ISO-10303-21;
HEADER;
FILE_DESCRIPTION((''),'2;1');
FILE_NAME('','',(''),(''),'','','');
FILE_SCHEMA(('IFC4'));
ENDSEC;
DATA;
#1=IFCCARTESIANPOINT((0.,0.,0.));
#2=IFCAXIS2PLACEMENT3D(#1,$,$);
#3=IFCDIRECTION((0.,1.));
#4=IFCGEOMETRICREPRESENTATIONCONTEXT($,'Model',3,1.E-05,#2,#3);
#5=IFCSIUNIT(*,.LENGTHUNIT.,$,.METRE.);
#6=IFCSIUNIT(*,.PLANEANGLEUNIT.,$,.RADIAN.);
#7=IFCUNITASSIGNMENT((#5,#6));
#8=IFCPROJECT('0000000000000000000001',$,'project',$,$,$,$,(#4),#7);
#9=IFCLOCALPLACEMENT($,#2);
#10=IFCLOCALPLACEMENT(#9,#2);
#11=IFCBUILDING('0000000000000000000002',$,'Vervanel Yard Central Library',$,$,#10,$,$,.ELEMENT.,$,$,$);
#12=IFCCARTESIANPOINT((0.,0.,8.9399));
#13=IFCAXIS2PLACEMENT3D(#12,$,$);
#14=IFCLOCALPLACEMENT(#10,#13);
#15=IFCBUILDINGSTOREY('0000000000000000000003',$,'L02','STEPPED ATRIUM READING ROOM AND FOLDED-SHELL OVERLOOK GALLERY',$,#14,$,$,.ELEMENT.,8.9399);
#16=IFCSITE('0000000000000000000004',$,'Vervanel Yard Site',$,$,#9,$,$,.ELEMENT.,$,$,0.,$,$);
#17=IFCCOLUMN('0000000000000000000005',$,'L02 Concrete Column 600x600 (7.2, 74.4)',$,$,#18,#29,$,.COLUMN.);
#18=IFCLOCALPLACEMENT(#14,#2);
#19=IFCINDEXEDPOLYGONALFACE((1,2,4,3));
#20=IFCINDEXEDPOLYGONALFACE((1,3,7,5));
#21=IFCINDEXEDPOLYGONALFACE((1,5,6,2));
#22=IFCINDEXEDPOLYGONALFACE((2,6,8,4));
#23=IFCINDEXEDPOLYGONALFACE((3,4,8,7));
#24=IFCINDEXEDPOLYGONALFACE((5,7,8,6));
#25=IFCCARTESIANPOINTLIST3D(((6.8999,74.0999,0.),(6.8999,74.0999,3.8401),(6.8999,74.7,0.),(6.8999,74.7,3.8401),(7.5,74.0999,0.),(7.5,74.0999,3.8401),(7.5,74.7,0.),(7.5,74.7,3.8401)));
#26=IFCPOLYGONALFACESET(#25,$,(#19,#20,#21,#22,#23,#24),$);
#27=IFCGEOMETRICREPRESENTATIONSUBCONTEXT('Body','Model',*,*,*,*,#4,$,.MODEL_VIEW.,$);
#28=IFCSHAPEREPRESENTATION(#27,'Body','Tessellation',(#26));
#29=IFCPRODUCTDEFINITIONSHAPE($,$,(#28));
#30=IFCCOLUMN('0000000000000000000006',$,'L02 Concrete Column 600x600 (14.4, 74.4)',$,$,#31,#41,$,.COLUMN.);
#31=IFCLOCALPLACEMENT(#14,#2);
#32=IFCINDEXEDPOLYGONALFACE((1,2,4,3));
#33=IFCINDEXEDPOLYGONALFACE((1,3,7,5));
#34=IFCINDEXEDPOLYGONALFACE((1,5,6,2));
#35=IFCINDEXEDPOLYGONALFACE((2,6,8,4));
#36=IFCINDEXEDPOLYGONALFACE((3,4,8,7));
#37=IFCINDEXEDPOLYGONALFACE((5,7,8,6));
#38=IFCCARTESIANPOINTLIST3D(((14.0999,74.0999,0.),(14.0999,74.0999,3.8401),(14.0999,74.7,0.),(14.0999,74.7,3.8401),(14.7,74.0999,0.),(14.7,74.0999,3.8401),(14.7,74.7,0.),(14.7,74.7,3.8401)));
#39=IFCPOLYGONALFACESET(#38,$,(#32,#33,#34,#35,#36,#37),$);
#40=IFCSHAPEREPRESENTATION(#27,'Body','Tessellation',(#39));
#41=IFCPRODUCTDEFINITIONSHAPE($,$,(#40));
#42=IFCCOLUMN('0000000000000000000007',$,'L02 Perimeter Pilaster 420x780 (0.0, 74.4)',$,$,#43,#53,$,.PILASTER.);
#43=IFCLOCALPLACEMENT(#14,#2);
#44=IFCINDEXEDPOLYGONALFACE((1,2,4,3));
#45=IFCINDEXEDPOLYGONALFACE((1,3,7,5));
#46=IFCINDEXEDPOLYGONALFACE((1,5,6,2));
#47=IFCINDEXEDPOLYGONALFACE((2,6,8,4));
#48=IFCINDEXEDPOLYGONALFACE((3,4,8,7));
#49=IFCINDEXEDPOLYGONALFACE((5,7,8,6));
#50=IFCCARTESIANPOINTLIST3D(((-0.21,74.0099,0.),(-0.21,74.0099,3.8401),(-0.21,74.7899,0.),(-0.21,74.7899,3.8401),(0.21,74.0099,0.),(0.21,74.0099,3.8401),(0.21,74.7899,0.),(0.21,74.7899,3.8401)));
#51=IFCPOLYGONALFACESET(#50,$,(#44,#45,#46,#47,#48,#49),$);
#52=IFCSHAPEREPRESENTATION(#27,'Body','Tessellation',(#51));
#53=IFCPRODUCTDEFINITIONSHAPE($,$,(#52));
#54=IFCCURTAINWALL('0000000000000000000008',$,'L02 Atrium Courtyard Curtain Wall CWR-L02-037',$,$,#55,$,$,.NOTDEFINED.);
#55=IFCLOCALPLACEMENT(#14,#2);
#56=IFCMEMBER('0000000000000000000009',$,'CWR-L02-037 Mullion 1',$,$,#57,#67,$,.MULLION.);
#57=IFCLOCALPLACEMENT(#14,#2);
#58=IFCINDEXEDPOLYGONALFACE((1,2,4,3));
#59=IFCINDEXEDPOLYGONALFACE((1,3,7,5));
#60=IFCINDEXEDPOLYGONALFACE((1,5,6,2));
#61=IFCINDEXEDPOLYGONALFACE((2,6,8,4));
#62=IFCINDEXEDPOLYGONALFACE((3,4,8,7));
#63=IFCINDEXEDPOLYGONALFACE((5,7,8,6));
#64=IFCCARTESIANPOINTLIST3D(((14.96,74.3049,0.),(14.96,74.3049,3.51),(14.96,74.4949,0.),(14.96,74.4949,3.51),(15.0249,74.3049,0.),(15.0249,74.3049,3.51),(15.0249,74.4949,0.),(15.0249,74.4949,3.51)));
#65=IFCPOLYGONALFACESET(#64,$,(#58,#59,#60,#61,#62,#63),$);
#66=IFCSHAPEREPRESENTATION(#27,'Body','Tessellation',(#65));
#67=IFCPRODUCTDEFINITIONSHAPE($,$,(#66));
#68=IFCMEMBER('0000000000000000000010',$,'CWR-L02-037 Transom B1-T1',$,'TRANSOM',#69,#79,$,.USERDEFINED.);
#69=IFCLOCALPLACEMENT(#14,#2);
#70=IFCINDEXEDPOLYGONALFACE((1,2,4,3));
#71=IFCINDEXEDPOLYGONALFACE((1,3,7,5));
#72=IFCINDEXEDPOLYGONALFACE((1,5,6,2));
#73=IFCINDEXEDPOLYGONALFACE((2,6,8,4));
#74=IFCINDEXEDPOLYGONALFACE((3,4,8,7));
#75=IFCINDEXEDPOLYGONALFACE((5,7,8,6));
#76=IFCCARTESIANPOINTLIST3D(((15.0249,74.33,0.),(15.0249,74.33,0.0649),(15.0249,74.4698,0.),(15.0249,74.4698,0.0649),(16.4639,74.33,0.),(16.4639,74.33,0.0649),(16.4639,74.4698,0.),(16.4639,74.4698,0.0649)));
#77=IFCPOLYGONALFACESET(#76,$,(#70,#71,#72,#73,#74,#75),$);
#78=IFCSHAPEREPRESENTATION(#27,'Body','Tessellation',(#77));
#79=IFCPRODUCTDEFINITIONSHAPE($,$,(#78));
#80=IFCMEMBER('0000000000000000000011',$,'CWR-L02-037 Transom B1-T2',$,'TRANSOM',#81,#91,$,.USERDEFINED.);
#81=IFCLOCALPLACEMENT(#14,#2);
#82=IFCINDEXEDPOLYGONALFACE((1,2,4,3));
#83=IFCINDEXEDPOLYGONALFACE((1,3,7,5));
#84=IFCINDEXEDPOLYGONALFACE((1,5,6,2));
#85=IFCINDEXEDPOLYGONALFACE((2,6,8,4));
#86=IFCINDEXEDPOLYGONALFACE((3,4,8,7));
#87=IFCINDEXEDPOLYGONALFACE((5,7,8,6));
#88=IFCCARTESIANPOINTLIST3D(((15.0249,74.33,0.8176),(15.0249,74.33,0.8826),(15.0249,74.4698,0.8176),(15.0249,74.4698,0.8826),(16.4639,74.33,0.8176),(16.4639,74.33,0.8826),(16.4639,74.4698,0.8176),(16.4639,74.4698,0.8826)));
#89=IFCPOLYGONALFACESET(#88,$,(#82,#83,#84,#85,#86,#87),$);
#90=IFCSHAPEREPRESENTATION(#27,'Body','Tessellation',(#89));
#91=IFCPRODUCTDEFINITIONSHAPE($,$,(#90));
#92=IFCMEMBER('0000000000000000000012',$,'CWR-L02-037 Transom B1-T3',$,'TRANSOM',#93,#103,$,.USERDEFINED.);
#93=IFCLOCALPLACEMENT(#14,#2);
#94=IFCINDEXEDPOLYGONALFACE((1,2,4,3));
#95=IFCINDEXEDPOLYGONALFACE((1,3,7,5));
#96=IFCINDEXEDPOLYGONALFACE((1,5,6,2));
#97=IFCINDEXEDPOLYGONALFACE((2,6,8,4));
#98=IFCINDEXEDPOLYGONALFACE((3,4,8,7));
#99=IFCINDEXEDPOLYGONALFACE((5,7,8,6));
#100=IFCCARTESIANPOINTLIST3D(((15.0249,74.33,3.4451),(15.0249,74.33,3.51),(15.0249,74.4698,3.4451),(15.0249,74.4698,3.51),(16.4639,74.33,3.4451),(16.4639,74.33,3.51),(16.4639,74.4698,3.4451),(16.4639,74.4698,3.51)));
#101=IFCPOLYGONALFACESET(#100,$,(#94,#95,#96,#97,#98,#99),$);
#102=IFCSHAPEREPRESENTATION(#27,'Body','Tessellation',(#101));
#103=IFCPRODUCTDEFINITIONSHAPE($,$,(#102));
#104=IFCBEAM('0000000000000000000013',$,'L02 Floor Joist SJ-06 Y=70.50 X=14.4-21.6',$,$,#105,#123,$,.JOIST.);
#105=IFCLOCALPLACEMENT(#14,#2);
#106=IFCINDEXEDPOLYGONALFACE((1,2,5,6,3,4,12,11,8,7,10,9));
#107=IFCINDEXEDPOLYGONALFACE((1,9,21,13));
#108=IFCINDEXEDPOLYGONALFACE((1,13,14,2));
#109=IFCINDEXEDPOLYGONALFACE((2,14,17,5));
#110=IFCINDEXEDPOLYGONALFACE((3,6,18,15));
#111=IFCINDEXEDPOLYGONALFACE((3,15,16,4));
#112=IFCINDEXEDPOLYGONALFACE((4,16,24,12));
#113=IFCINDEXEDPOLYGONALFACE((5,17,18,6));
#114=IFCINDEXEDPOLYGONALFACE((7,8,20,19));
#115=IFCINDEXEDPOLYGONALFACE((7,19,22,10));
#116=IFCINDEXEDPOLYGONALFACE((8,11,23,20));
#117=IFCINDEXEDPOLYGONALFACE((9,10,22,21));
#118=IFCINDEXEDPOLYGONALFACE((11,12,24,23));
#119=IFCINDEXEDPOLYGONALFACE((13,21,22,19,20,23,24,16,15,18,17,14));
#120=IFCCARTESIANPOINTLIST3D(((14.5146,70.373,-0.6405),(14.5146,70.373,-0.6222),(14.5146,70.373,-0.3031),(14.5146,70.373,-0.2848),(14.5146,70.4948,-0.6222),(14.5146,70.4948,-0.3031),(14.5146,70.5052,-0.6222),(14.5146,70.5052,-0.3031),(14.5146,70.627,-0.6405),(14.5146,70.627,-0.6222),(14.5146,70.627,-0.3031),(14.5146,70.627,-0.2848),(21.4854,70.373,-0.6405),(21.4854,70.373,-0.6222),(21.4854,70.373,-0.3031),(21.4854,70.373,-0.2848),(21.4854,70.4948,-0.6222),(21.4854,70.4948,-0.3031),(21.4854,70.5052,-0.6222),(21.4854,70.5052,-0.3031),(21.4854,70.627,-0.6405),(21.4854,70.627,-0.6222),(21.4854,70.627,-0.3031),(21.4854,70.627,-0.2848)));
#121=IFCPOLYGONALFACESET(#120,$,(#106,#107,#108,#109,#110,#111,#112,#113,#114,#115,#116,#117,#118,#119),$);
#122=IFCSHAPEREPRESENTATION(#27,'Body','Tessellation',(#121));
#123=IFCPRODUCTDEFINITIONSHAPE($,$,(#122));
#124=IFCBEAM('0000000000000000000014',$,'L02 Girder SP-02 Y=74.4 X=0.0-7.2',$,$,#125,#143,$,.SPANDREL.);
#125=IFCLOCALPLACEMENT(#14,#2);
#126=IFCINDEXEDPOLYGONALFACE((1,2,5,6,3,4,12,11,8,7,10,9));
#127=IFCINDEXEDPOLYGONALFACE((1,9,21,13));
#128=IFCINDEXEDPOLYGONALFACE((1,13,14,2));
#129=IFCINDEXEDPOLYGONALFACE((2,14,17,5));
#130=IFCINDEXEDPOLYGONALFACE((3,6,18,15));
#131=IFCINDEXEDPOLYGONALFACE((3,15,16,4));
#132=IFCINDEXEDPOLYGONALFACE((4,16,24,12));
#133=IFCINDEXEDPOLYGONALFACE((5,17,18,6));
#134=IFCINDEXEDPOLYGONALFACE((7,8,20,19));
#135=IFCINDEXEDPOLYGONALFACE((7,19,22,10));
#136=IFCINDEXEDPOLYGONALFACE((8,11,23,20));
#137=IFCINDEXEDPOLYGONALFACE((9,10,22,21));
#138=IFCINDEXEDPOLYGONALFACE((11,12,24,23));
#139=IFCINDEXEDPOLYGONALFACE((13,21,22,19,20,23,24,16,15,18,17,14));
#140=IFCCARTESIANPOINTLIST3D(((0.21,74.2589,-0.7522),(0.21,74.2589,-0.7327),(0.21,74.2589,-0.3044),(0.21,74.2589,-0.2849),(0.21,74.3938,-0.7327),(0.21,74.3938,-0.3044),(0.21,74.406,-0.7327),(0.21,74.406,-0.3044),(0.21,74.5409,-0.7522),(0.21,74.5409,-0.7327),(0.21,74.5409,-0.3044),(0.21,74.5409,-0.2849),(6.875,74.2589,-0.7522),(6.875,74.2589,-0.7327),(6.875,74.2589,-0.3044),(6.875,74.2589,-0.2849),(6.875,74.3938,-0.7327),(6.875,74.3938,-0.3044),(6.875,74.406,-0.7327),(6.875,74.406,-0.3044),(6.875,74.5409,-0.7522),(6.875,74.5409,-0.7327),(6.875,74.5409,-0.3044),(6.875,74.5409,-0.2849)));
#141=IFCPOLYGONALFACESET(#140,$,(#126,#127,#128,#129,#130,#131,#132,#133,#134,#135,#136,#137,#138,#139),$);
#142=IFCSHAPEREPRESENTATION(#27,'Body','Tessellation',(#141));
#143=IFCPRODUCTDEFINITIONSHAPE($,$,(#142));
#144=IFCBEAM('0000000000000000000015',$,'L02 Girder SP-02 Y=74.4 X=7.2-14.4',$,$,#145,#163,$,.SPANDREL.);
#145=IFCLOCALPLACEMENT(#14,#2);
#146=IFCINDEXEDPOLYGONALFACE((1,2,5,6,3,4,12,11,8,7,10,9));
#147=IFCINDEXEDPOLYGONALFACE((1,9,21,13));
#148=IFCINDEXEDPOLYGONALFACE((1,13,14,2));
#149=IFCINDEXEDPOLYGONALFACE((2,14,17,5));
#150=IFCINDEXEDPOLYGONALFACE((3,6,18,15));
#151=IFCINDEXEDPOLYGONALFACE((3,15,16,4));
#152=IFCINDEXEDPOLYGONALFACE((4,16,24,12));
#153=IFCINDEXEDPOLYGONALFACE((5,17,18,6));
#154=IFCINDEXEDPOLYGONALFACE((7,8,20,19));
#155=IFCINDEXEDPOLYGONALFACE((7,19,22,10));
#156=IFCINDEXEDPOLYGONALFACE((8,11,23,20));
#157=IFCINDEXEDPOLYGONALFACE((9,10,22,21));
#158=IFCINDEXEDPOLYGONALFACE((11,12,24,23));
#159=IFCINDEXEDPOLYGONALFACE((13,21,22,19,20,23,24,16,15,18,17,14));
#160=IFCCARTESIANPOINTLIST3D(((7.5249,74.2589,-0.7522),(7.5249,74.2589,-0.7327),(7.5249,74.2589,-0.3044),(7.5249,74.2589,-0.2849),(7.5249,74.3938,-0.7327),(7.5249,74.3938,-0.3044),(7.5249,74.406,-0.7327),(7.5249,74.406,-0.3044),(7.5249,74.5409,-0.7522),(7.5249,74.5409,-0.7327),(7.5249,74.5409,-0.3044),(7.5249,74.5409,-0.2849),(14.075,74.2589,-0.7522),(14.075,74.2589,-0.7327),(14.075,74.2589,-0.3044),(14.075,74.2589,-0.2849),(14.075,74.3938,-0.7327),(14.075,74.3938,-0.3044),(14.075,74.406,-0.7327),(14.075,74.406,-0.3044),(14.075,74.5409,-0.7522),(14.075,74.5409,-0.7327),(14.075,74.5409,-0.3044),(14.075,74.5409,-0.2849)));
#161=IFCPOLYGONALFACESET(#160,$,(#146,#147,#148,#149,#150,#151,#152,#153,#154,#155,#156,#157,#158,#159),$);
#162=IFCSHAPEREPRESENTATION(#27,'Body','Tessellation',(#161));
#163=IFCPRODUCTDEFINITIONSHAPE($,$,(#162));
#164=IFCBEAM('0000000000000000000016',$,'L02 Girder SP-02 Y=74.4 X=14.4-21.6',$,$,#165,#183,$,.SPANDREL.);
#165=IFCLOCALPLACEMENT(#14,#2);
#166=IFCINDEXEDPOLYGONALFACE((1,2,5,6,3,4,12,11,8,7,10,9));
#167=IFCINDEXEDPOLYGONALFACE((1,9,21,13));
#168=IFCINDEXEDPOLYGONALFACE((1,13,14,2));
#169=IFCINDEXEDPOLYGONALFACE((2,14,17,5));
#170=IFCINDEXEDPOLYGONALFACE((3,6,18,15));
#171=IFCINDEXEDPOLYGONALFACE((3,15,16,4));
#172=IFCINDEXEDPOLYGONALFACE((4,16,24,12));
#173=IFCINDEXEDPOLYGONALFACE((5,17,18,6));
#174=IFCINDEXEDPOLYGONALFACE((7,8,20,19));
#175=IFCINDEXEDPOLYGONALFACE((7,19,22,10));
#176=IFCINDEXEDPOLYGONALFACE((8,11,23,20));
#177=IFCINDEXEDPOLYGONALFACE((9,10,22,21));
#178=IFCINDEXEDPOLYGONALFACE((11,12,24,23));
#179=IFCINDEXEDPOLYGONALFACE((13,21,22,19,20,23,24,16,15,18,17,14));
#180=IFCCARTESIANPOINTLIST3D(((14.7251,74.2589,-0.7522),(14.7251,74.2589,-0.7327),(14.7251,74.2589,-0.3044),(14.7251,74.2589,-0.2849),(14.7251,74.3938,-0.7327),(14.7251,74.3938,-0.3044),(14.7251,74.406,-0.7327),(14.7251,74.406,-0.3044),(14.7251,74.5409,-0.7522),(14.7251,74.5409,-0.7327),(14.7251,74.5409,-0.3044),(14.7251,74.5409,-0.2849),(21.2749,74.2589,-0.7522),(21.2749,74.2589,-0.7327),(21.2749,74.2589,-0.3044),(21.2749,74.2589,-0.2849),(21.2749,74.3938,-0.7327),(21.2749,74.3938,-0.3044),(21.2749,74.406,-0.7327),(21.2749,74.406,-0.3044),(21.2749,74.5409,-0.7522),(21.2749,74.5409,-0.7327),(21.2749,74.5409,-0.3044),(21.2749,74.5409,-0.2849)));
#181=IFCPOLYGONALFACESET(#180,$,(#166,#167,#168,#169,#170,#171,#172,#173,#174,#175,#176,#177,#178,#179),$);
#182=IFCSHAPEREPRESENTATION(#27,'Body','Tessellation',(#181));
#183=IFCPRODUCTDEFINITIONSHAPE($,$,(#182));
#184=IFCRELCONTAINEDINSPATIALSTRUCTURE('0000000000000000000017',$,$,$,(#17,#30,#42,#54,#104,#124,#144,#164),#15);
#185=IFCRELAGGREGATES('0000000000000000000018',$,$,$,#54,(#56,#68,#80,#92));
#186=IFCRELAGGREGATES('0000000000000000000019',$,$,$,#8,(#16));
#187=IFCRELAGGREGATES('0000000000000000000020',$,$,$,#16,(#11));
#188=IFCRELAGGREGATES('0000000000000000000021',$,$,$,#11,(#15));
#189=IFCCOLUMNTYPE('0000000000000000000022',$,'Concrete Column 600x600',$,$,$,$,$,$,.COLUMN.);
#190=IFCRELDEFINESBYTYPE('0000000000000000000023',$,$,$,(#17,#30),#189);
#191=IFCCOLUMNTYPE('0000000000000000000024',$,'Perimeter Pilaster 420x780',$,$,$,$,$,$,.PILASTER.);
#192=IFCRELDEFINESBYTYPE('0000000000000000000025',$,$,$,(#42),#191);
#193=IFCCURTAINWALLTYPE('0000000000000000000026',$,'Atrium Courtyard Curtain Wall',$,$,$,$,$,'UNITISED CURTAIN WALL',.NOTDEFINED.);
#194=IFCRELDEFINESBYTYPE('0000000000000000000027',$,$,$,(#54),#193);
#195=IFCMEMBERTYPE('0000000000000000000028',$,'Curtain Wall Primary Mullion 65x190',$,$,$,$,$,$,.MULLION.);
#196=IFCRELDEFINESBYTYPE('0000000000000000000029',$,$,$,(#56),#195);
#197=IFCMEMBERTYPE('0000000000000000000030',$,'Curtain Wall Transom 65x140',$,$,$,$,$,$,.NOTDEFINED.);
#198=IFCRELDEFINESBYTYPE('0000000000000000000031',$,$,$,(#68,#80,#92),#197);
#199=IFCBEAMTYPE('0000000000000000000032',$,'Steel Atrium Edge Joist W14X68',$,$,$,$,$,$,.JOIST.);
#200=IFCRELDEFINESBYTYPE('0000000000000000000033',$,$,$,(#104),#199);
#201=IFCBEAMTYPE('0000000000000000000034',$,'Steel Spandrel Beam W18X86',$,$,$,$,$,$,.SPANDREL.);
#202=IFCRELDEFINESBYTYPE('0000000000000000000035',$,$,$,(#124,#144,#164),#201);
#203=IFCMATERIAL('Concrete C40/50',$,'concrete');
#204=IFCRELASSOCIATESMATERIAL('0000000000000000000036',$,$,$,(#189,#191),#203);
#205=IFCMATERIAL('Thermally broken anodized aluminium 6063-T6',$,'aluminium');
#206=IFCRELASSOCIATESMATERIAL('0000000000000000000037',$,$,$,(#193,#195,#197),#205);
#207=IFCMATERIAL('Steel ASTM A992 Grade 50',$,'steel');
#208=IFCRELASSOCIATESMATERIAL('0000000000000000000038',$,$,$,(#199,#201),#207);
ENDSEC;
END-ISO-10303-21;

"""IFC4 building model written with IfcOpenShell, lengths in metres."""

from ifc_helpers import new_model, si_unit, direction, frame, origin, origin_2d, place, context, subcontext, project, spatial, rectangle, i_section, extrude, material, material_profile, profile_set, type_object, element, aggregate, save


model = new_model("IFC4")

# Units and contexts
model_context = context("Model", 3, precision=1e-05, world=origin(), true_north=direction((0.0, 1.0)))
body_context = subcontext(model_context, "Body", "Model", "MODEL_VIEW")
ifc_project = project(units=[si_unit("LENGTHUNIT", "METRE"), si_unit("PLANEANGLEUNIT", "RADIAN")], contexts=[model_context])

# Site, building, storey
site_placement = place(None, origin())
site = spatial("IfcSite", under=ifc_project, at=site_placement, Name="Vervanel Yard Site", CompositionType="ELEMENT", RefElevation=0.0)
building_placement = place(site_placement, origin())
building = spatial("IfcBuilding", under=site, at=building_placement, Name="Vervanel Yard Central Library", CompositionType="ELEMENT")
storey_placement = place(building_placement, frame((0.0, 0.0, 8.9399)))
storey = spatial("IfcBuildingStorey", under=building, at=storey_placement, Name="L02", Description="STEPPED ATRIUM READING ROOM AND FOLDED-SHELL OVERLOOK GALLERY", CompositionType="ELEMENT", Elevation=8.9399)

# Columns
ifc_material_1 = material(Name="Concrete C40/50", Category="concrete")
ifc_material_profile_1 = material_profile(ifc_material_1, rectangle(XDim=0.6001, YDim=0.6001, at=origin_2d()), Name="RC 600x600", Category="concrete")
ifc_profile_set_1 = profile_set([ifc_material_profile_1], Name="Concrete C40/50")
column_type_1 = type_object("IfcColumnType", Name="Concrete Column 600x600", PredefinedType="COLUMN", material=ifc_profile_set_1)
for number, where, z_axis, x_axis, name in (
    (1, (7.2, 74.3999, 0.0), (0.0, 0.0, 1.0), (1.0, 0.0, 0.0), "L02 Concrete Column 600x600 (7.2, 74.4)"),
    (2, (14.3999, 74.3999, 0.0), (0.0, 0.0, 1.0), (1.0, 0.0, 0.0), "L02 Concrete Column 600x600 (14.4, 74.4)"),
):
    element("IfcColumn", number, at=place(storey_placement, frame(where, z_axis=z_axis, x_axis=x_axis)), inside=storey, type_object=column_type_1, Name=name, PredefinedType="COLUMN", context=body_context, shape_type="SweptSolid", body=[
        extrude(rectangle(XDim=0.6001, YDim=0.6001, at=origin_2d()), origin(), (0.0, 0.0, 1.0), 3.8401),
    ])
ifc_material_profile_2 = material_profile(ifc_material_1, rectangle(XDim=0.4199, YDim=0.78, at=origin_2d()), Name="RC 420x780", Category="concrete")
ifc_profile_set_2 = profile_set([ifc_material_profile_2], Name="Concrete C40/50")
column_type_2 = type_object("IfcColumnType", Name="Perimeter Pilaster 420x780", PredefinedType="PILASTER", material=ifc_profile_set_2)
column_placement = place(storey_placement, frame((0.0, 74.3999, 0.0), z_axis=(0.0, 0.0, 1.0), x_axis=(1.0, 0.0, 0.0)))
element("IfcColumn", 3, at=column_placement, inside=storey, type_object=column_type_2, Name="L02 Perimeter Pilaster 420x780 (0.0, 74.4)", PredefinedType="PILASTER", context=body_context, shape_type="SweptSolid", body=[
    extrude(rectangle(XDim=0.4199, YDim=0.78, at=origin_2d()), origin(), (0.0, 0.0, 1.0), 3.8401),
])

# Curtain wall, members
ifc_material_2 = material(Name="Thermally broken anodized aluminium 6063-T6", Category="aluminium")
curtain_wall_type = type_object("IfcCurtainWallType", Name="Atrium Courtyard Curtain Wall", ElementType="UNITISED CURTAIN WALL", PredefinedType="NOTDEFINED", material=ifc_material_2)
curtain_wall_placement = place(storey_placement, origin())
curtain_wall = element("IfcCurtainWall", 4, at=curtain_wall_placement, inside=storey, type_object=curtain_wall_type, Name="L02 Atrium Courtyard Curtain Wall CWR-L02-037", PredefinedType="NOTDEFINED")
ifc_material_profile_3 = material_profile(ifc_material_2, rectangle(XDim=0.0649, YDim=0.1899, at=origin_2d()), Name="ALU 65x190", Category="aluminium")
ifc_profile_set_3 = profile_set([ifc_material_profile_3], Name="Thermally broken anodized aluminium 6063-T6")
member_type_1 = type_object("IfcMemberType", Name="Curtain Wall Primary Mullion 65x190", PredefinedType="MULLION", material=ifc_profile_set_3)
member_1_placement = place(storey_placement, frame((14.9924, 74.3999, 0.0), z_axis=(0.0, 0.0, 1.0), x_axis=(1.0, 0.0, 0.0)))
member_1 = element("IfcMember", 5, at=member_1_placement, type_object=member_type_1, Name="CWR-L02-037 Mullion 1", PredefinedType="MULLION", context=body_context, shape_type="SweptSolid", body=[
    extrude(rectangle(XDim=0.0649, YDim=0.1899, at=origin_2d()), origin(), (0.0, 0.0, 1.0), 3.51),
])
ifc_material_profile_4 = material_profile(ifc_material_2, rectangle(XDim=0.0649, YDim=0.1399, at=origin_2d()), Name="ALU 65x140", Category="aluminium")
ifc_profile_set_4 = profile_set([ifc_material_profile_4], Name="Thermally broken anodized aluminium 6063-T6")
member_type_2 = type_object("IfcMemberType", Name="Curtain Wall Transom 65x140", PredefinedType="NOTDEFINED", material=ifc_profile_set_4)
member_2_placement = place(storey_placement, frame((15.0249, 74.3999, 0.0325), z_axis=(1.0, 0.0, 0.0), x_axis=(0.0, 0.0, 1.0)))
member_2 = element("IfcMember", 6, at=member_2_placement, type_object=member_type_2, Name="CWR-L02-037 Transom B1-T1", ObjectType="TRANSOM", PredefinedType="USERDEFINED", context=body_context, shape_type="SweptSolid", body=[
    extrude(rectangle(XDim=0.0649, YDim=0.1399, at=origin_2d()), origin(), (0.0, 0.0, 1.0), 1.439),
])
member_3_placement = place(storey_placement, frame((15.0249, 74.3999, 0.8501), z_axis=(1.0, 0.0, 0.0), x_axis=(0.0, 0.0, 1.0)))
member_3 = element("IfcMember", 7, at=member_3_placement, type_object=member_type_2, Name="CWR-L02-037 Transom B1-T2", ObjectType="TRANSOM", PredefinedType="USERDEFINED", context=body_context, shape_type="SweptSolid", body=[
    extrude(rectangle(XDim=0.0649, YDim=0.1399, at=origin_2d()), origin(), (0.0, 0.0, 1.0), 1.439),
])
member_4_placement = place(storey_placement, frame((15.0249, 74.3999, 3.4775), z_axis=(1.0, 0.0, 0.0), x_axis=(0.0, 0.0, 1.0)))
member_4 = element("IfcMember", 8, at=member_4_placement, type_object=member_type_2, Name="CWR-L02-037 Transom B1-T3", ObjectType="TRANSOM", PredefinedType="USERDEFINED", context=body_context, shape_type="SweptSolid", body=[
    extrude(rectangle(XDim=0.0649, YDim=0.1399, at=origin_2d()), origin(), (0.0, 0.0, 1.0), 1.439),
])

# Beams
ifc_material_3 = material(Name="Steel ASTM A992 Grade 50", Category="steel")
ifc_material_profile_5 = material_profile(ifc_material_3, i_section(OverallWidth=0.2539, OverallDepth=0.3557, WebThickness=0.0105, FlangeThickness=0.0183, at=origin_2d()), Name="W14X68", Category="steel")
ifc_profile_set_5 = profile_set([ifc_material_profile_5], Name="Steel ASTM A992 Grade 50")
beam_type_1 = type_object("IfcBeamType", Name="Steel Atrium Edge Joist W14X68", PredefinedType="JOIST", material=ifc_profile_set_5)
beam_1_placement = place(storey_placement, frame((14.5146, 70.5, -0.4626), z_axis=(1.0, 0.0, 0.0), x_axis=(0.0, 1.0, 0.0)))
element("IfcBeam", 9, at=beam_1_placement, inside=storey, type_object=beam_type_1, Name="L02 Floor Joist SJ-06 Y=70.50 X=14.4-21.6", PredefinedType="JOIST", context=body_context, shape_type="SweptSolid", body=[
    extrude(i_section(OverallWidth=0.2539, OverallDepth=0.3557, WebThickness=0.0105, FlangeThickness=0.0183, at=origin_2d()), origin(), (0.0, 0.0, 1.0), 6.9707),
])
ifc_material_profile_6 = material_profile(ifc_material_3, i_section(OverallWidth=0.282, OverallDepth=0.4673, WebThickness=0.0122, FlangeThickness=0.0195, at=origin_2d()), Name="W18X86", Category="steel")
ifc_profile_set_6 = profile_set([ifc_material_profile_6], Name="Steel ASTM A992 Grade 50")
beam_type_2 = type_object("IfcBeamType", Name="Steel Spandrel Beam W18X86", PredefinedType="SPANDREL", material=ifc_profile_set_6)
beam_2_placement = place(storey_placement, frame((0.21, 74.3999, -0.5186), z_axis=(1.0, 0.0, 0.0), x_axis=(0.0, 1.0, 0.0)))
element("IfcBeam", 10, at=beam_2_placement, inside=storey, type_object=beam_type_2, Name="L02 Girder SP-02 Y=74.4 X=0.0-7.2", PredefinedType="SPANDREL", context=body_context, shape_type="SweptSolid", body=[
    extrude(i_section(OverallWidth=0.282, OverallDepth=0.4673, WebThickness=0.0122, FlangeThickness=0.0195, at=origin_2d()), origin(), (0.0, 0.0, 1.0), 6.665),
])
beam_3_placement = place(storey_placement, frame((7.5249, 74.3999, -0.5186), z_axis=(1.0, 0.0, 0.0), x_axis=(0.0, 1.0, 0.0)))
element("IfcBeam", 11, at=beam_3_placement, inside=storey, type_object=beam_type_2, Name="L02 Girder SP-02 Y=74.4 X=7.2-14.4", PredefinedType="SPANDREL", context=body_context, shape_type="SweptSolid", body=[
    extrude(i_section(OverallWidth=0.282, OverallDepth=0.4673, WebThickness=0.0122, FlangeThickness=0.0195, at=origin_2d()), origin(), (0.0, 0.0, 1.0), 6.55),
])
beam_4_placement = place(storey_placement, frame((14.7251, 74.3999, -0.5186), z_axis=(1.0, 0.0, 0.0), x_axis=(0.0, 1.0, 0.0)))
element("IfcBeam", 12, at=beam_4_placement, inside=storey, type_object=beam_type_2, Name="L02 Girder SP-02 Y=74.4 X=14.4-21.6", PredefinedType="SPANDREL", context=body_context, shape_type="SweptSolid", body=[
    extrude(i_section(OverallWidth=0.282, OverallDepth=0.4673, WebThickness=0.0122, FlangeThickness=0.0195, at=origin_2d()), origin(), (0.0, 0.0, 1.0), 6.5498),
])

aggregate(curtain_wall, [member_1, member_2, member_3, member_4])

save(model, "model.ifc")
